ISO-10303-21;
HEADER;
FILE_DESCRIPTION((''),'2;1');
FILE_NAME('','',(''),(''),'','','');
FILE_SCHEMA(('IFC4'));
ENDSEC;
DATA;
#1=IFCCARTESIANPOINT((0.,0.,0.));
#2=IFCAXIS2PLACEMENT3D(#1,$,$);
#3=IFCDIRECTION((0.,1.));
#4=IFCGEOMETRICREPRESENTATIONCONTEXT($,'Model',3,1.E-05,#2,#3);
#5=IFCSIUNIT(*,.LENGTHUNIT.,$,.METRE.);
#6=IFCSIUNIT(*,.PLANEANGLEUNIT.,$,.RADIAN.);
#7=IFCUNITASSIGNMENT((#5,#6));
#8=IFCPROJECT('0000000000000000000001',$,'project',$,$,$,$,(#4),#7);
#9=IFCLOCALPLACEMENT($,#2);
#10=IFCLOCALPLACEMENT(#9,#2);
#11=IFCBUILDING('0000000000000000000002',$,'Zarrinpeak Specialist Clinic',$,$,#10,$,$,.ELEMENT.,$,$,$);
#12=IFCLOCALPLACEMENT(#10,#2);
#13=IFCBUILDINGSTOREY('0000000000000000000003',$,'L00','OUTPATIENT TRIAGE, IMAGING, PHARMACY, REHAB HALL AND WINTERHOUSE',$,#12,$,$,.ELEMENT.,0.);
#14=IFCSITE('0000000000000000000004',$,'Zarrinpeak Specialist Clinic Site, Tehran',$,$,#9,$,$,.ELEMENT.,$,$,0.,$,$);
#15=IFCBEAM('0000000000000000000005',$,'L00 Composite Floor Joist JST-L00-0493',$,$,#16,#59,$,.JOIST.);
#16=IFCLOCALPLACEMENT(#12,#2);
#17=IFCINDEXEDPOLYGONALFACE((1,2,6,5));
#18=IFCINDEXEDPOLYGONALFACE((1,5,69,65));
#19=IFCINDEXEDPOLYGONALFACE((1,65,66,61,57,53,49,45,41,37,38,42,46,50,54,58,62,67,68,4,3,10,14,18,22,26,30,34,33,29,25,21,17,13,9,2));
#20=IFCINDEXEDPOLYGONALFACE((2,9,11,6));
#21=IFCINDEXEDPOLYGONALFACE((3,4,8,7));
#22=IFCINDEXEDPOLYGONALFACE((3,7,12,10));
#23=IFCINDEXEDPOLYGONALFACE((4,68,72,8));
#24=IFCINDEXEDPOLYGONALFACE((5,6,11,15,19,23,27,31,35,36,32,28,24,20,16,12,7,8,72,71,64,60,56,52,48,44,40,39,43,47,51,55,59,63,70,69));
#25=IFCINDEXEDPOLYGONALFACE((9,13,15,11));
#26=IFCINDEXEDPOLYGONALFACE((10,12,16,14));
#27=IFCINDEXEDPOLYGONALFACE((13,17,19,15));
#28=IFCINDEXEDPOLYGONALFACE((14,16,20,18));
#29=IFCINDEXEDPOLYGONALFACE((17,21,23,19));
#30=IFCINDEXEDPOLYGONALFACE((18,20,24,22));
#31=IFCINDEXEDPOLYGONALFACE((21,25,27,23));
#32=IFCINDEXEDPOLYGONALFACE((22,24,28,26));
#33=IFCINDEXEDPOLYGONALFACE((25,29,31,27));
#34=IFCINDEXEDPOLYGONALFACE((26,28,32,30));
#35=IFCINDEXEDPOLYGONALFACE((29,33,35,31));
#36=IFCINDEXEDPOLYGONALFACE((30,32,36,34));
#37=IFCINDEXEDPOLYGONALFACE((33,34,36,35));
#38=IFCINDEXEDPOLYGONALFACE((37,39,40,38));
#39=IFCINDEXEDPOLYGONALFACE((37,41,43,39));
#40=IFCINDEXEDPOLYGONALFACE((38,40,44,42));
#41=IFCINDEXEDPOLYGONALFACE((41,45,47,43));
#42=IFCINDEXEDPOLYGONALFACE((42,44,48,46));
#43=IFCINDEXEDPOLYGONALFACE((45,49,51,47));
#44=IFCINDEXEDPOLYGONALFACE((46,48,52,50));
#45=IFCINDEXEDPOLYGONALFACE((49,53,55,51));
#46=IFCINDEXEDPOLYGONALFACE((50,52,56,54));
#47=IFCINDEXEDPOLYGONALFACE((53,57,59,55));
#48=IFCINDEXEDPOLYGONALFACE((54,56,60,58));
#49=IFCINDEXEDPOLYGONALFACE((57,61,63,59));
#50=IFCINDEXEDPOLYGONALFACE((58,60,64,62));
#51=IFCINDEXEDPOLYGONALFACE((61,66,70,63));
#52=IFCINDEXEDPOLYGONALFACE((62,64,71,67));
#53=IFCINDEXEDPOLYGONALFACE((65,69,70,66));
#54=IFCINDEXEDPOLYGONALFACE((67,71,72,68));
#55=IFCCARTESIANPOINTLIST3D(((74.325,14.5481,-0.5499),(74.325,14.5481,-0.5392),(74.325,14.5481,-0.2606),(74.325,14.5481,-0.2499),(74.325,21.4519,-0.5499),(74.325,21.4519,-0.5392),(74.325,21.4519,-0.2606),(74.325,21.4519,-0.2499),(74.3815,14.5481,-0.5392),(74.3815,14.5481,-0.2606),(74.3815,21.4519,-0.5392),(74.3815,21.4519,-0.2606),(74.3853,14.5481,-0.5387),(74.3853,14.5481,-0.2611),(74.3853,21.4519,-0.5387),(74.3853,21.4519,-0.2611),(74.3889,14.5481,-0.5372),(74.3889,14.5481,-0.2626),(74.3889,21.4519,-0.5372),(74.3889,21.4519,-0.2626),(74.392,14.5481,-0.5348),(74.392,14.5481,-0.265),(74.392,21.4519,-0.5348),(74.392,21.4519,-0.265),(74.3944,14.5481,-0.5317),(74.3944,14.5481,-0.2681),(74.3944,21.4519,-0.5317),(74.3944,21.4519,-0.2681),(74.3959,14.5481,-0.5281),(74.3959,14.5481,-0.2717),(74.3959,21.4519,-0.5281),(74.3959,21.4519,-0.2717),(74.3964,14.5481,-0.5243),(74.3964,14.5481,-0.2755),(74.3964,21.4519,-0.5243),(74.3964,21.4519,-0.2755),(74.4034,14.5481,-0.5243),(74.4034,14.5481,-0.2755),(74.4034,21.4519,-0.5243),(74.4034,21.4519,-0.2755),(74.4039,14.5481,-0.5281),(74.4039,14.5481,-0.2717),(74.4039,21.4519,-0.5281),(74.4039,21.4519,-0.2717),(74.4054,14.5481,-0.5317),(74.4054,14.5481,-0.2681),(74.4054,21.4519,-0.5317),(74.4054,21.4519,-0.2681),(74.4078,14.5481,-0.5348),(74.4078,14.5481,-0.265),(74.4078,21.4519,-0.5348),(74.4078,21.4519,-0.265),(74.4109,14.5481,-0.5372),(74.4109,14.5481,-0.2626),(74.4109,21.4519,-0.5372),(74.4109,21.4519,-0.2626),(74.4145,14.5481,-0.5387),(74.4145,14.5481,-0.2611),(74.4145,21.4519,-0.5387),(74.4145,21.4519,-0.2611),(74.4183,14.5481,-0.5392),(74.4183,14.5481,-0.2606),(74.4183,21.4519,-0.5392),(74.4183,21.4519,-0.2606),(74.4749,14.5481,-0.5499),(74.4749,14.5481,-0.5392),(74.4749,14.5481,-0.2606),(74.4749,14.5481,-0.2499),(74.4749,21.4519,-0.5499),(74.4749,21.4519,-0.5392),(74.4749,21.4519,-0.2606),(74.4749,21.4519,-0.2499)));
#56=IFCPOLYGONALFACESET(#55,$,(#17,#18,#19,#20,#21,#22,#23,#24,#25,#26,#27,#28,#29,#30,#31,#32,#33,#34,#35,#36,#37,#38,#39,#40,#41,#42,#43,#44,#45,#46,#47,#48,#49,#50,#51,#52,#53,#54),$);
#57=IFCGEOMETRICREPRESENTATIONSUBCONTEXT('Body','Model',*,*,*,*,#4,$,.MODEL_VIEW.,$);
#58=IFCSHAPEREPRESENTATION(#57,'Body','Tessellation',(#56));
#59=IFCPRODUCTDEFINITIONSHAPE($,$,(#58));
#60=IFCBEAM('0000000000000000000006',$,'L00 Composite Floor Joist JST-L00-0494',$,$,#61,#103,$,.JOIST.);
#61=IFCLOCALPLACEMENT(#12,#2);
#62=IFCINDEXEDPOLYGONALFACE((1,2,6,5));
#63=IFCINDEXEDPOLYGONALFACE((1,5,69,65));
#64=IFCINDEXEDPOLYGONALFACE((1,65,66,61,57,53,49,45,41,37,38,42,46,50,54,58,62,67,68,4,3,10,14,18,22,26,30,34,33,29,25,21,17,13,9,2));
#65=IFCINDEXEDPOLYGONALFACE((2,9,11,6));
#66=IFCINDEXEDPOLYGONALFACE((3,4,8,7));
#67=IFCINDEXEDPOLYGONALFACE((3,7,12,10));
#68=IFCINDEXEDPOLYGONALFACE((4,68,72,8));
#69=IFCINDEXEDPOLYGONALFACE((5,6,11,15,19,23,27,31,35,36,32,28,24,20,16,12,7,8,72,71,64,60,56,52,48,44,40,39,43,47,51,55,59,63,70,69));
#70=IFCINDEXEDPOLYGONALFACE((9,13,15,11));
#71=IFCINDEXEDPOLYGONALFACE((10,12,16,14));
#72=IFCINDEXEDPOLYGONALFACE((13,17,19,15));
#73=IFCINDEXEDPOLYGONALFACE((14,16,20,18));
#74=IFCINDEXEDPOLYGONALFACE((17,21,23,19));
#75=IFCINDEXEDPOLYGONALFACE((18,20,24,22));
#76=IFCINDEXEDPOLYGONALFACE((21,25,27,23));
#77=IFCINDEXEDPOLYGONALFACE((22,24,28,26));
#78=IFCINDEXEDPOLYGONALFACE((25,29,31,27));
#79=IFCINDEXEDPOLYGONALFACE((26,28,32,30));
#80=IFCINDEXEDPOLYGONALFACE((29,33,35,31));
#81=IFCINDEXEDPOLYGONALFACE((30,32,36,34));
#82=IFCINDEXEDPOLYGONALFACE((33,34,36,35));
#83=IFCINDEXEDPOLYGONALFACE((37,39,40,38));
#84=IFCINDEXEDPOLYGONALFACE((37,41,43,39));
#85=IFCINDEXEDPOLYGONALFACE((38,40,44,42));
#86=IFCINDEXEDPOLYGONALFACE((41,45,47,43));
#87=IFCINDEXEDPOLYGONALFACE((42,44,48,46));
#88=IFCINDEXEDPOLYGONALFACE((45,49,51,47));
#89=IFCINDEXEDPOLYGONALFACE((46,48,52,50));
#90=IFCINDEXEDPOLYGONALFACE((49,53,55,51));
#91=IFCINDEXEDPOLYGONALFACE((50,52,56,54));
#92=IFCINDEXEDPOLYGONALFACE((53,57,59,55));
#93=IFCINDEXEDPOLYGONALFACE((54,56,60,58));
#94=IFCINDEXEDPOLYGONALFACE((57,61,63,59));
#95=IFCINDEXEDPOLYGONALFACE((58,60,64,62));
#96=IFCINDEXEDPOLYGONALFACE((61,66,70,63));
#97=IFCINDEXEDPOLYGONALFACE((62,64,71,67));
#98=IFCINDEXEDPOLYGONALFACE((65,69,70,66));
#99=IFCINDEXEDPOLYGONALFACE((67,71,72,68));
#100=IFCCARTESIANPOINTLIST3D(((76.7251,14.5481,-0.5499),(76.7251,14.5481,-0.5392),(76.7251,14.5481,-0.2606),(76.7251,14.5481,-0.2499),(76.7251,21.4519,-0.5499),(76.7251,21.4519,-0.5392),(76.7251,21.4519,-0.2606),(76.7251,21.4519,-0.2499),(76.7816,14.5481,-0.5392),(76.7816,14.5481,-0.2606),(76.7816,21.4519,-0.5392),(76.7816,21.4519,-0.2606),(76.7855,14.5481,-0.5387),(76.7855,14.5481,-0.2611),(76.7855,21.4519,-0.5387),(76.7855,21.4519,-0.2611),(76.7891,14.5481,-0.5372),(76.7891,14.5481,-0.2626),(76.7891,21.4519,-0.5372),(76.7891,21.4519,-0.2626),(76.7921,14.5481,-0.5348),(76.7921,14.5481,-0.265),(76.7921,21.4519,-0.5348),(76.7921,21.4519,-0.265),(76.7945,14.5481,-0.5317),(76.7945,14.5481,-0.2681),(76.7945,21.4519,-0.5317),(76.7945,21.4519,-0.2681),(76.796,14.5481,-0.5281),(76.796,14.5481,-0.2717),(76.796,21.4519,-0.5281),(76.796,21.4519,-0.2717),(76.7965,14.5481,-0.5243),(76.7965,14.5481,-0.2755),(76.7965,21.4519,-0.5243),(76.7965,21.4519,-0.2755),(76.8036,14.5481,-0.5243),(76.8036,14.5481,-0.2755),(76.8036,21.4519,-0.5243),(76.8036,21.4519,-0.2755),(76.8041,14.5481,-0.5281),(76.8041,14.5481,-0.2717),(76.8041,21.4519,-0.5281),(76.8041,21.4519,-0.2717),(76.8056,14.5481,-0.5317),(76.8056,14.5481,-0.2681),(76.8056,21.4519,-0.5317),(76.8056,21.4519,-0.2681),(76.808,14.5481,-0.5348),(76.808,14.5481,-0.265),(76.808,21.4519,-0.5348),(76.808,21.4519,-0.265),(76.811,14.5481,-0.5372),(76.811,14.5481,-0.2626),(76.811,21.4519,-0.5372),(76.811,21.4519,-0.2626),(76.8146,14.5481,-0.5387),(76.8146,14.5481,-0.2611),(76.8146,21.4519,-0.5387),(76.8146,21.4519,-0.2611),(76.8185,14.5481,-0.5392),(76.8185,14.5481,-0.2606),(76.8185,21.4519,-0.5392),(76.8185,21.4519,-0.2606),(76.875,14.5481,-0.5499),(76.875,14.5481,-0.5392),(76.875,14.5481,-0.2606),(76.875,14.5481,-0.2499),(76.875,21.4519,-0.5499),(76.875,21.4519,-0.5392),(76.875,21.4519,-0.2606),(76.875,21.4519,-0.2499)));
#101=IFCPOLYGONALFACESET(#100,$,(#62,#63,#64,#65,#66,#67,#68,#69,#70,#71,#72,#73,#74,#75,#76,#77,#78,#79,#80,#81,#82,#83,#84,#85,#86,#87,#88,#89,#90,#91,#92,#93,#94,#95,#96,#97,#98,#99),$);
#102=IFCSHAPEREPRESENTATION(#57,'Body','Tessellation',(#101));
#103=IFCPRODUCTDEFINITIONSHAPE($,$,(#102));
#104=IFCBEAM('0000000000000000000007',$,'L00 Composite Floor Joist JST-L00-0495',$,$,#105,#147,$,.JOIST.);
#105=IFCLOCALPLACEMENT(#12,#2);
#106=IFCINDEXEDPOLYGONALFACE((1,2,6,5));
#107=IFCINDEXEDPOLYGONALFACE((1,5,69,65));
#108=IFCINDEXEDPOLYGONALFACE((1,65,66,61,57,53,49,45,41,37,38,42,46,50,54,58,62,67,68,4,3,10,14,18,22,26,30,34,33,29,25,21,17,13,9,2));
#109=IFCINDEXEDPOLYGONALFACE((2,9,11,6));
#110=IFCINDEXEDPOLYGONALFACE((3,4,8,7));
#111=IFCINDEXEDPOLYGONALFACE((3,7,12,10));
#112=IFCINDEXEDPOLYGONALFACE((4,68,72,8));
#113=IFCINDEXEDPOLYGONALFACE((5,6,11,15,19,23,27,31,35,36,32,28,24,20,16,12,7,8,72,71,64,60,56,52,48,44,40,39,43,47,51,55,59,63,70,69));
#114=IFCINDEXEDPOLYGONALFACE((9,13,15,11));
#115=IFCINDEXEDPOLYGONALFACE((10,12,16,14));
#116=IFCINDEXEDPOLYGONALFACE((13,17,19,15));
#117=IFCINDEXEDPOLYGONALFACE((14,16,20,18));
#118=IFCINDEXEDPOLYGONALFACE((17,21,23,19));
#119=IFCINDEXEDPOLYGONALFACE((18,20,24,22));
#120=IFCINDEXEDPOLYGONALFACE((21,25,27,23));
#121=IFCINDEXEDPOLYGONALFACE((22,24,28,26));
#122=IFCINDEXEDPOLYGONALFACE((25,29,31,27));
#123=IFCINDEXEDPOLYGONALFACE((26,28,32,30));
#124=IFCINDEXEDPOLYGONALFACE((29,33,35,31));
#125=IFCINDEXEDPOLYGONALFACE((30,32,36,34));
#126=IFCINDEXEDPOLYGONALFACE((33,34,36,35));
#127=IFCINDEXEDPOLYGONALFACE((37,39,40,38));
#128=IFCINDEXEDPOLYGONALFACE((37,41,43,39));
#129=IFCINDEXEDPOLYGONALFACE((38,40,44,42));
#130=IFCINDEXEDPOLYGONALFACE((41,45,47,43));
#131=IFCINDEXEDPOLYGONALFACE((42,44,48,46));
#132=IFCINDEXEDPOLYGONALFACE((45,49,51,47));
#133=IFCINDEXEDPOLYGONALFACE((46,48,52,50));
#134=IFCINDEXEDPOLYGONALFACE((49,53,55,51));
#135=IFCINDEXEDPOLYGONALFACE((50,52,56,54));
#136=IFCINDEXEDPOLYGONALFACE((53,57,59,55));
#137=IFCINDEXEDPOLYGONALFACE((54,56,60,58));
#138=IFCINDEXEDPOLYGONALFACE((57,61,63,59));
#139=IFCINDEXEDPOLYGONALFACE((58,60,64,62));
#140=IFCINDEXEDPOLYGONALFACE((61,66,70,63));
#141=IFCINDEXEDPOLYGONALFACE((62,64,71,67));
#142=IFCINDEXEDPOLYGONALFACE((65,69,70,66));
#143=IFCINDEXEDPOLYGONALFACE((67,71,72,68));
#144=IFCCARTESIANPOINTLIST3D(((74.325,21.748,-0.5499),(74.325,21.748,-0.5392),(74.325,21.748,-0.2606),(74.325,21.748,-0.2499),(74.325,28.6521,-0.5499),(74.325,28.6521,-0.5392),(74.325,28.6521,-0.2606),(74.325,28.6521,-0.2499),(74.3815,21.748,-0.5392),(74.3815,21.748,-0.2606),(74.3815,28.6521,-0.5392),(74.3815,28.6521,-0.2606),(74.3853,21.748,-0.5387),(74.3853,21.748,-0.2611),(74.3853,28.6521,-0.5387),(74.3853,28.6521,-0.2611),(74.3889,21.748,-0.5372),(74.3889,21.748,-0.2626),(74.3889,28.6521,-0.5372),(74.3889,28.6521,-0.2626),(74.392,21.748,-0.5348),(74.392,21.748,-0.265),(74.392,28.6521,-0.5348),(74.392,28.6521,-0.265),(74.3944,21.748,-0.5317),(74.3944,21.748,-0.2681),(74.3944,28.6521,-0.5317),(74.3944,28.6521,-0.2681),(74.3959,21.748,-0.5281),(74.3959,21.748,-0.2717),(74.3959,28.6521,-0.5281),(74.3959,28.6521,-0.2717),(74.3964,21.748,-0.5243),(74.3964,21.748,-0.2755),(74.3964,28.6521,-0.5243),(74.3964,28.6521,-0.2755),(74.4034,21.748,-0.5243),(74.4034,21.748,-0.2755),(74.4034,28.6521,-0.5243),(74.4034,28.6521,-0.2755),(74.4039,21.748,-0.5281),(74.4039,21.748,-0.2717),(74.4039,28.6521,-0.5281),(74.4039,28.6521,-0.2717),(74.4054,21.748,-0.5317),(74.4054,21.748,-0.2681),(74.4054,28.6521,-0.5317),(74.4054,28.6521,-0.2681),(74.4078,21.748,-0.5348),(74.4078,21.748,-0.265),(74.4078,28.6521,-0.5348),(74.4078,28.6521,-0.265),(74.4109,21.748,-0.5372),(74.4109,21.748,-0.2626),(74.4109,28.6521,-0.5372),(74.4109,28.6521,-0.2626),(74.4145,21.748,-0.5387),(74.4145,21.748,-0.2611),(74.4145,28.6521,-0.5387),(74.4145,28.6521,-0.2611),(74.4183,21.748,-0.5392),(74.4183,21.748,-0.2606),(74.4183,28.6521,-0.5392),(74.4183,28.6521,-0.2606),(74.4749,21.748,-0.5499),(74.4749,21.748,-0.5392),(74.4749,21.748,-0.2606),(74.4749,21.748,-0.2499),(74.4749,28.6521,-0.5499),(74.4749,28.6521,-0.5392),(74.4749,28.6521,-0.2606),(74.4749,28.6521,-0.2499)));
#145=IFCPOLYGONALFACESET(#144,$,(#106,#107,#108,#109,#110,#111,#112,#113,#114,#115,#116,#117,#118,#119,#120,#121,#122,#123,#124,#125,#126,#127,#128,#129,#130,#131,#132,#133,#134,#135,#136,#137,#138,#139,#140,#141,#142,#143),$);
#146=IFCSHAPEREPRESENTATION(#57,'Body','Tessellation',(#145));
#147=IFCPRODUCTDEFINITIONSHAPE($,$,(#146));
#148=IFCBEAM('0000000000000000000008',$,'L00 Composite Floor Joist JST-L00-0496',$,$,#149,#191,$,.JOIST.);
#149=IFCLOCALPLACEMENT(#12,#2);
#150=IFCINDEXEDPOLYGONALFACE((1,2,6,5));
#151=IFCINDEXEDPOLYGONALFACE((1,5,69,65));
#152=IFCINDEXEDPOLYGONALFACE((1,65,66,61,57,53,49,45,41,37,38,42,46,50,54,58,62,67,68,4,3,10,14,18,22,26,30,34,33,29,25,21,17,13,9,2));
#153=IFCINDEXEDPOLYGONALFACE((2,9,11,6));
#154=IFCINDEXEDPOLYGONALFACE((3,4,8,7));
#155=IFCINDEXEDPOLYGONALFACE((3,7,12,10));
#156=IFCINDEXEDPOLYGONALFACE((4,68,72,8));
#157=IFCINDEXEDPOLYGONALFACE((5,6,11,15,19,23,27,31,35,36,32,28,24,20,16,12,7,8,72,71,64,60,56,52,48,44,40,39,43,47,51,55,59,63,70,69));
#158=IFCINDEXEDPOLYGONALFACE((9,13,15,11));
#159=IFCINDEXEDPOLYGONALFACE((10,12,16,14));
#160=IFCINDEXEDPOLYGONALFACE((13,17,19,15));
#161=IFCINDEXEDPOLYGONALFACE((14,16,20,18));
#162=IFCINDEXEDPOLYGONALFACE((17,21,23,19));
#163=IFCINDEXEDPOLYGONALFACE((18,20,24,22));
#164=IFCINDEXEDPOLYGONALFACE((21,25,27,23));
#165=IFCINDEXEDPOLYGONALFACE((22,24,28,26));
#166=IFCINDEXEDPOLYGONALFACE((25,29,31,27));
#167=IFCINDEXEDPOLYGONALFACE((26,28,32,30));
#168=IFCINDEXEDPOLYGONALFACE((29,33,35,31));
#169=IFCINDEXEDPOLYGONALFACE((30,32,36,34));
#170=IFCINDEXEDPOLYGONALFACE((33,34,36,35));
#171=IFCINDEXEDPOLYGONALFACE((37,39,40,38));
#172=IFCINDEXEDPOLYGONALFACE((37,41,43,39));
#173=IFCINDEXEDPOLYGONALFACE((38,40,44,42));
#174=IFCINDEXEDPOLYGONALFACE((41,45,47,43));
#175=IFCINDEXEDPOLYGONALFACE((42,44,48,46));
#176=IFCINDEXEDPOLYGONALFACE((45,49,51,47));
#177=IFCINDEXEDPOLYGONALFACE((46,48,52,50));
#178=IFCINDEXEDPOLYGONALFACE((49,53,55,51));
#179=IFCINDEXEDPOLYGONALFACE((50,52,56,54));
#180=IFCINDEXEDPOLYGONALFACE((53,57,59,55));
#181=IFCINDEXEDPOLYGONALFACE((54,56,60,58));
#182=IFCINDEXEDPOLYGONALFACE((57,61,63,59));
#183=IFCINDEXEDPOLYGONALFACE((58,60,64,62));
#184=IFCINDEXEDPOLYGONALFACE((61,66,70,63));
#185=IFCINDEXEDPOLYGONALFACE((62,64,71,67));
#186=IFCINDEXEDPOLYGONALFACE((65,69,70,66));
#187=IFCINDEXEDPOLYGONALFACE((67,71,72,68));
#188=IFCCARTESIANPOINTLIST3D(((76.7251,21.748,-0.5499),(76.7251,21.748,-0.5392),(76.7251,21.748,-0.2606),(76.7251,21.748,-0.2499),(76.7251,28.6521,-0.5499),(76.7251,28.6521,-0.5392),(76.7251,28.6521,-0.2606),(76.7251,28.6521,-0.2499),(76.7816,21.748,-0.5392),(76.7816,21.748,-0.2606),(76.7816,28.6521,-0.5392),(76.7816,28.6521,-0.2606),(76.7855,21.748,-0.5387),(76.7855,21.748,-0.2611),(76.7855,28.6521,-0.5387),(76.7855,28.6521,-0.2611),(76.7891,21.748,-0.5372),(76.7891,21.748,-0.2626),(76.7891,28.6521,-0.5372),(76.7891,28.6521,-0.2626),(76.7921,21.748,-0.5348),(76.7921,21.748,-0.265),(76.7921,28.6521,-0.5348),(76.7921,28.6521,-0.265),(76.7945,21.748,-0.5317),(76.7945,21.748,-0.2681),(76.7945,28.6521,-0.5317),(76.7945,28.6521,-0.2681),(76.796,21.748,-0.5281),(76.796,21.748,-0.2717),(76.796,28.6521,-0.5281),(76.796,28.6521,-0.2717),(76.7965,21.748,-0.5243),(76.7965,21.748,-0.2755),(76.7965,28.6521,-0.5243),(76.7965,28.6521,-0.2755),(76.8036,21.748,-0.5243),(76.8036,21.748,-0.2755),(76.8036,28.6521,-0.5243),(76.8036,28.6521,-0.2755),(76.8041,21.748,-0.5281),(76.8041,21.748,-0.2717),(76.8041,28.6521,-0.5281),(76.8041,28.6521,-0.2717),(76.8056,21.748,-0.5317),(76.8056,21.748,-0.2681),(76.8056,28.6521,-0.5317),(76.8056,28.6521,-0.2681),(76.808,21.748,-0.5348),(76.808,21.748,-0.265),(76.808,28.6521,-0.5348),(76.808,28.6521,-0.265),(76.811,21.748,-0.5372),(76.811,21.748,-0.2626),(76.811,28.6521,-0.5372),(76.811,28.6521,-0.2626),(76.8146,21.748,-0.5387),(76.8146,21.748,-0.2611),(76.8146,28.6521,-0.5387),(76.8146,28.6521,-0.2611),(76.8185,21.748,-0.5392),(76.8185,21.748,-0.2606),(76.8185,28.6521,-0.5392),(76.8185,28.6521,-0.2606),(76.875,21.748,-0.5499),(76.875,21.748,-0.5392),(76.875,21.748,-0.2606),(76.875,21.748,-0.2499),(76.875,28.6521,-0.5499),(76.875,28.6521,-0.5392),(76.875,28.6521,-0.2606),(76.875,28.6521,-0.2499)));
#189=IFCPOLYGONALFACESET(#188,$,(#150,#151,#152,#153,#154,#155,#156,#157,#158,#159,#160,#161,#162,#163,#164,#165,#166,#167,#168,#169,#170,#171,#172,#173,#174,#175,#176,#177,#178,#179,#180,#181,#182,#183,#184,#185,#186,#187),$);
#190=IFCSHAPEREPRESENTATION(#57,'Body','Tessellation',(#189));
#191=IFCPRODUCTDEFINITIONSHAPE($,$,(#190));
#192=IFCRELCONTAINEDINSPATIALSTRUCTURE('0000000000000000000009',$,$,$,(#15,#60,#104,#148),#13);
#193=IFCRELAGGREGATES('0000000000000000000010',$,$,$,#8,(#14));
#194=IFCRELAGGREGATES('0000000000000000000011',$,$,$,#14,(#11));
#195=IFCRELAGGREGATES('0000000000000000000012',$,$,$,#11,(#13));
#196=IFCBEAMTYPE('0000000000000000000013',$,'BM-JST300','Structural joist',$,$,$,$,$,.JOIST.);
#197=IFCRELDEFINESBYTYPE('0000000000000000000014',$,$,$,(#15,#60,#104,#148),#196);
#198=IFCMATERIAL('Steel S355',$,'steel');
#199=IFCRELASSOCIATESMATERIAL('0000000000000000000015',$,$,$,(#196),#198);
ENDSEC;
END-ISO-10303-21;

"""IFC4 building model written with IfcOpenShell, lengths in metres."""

from ifc_helpers import new_model, si_unit, direction, frame, origin, origin_2d, place, context, subcontext, project, spatial, i_section, extrude, material, material_profile, profile_set, type_object, element, save


model = new_model("IFC4")

# Units and contexts
model_context = context("Model", 3, precision=1e-05, world=origin(), true_north=direction((0.0, 1.0)))
body_context = subcontext(model_context, "Body", "Model", "MODEL_VIEW")
ifc_project = project(units=[si_unit("LENGTHUNIT", "METRE"), si_unit("PLANEANGLEUNIT", "RADIAN")], contexts=[model_context])

# Site, building, storey
site_placement = place(None, origin())
site = spatial("IfcSite", under=ifc_project, at=site_placement, Name="Zarrinpeak Specialist Clinic Site, Tehran", CompositionType="ELEMENT", RefElevation=0.0)
building_placement = place(site_placement, origin())
building = spatial("IfcBuilding", under=site, at=building_placement, Name="Zarrinpeak Specialist Clinic", CompositionType="ELEMENT")
storey_placement = place(building_placement, origin())
storey = spatial("IfcBuildingStorey", under=building, at=storey_placement, Name="L00", Description="OUTPATIENT TRIAGE, IMAGING, PHARMACY, REHAB HALL AND WINTERHOUSE", CompositionType="ELEMENT", Elevation=0.0)

# Shared definitions
ifc_material_1 = material(Name="Steel S355", Category="steel")

# Beams
ifc_material_profile_1 = material_profile(ifc_material_1, i_section(OverallWidth=0.1499, OverallDepth=0.3, WebThickness=0.0071, FlangeThickness=0.0107, FilletRadius=0.0149, at=origin_2d()), Name="IPE 300")
ifc_profile_set_1 = profile_set([ifc_material_profile_1], Name="Steel S355")
beam_type_1 = type_object("IfcBeamType", Name="BM-JST300", Description="Structural joist", PredefinedType="JOIST", material=ifc_profile_set_1)
for number, where, z_axis, x_axis, name in (
    (1, (74.3999, 14.5481, -0.3999), (0.0, 1.0, 0.0), (-1.0, 0.0, 0.0), "L00 Composite Floor Joist JST-L00-0493"),
    (2, (76.8, 14.5481, -0.3999), (0.0, 1.0, 0.0), (-1.0, 0.0, 0.0), "L00 Composite Floor Joist JST-L00-0494"),
):
    element("IfcBeam", number, at=place(storey_placement, frame(where, z_axis=z_axis, x_axis=x_axis)), inside=storey, type_object=beam_type_1, Name=name, PredefinedType="JOIST", context=body_context, shape_type="SweptSolid", body=[
        extrude(i_section(OverallWidth=0.1499, OverallDepth=0.3, WebThickness=0.0071, FlangeThickness=0.0107, FilletRadius=0.0149, at=origin_2d()), origin(), (0.0, 0.0, 1.0), 6.9038),
    ])
for number, where, z_axis, x_axis, name in (
    (3, (74.3999, 21.748, -0.3999), (0.0, 1.0, 0.0), (-1.0, 0.0, 0.0), "L00 Composite Floor Joist JST-L00-0495"),
    (4, (76.8, 21.748, -0.3999), (0.0, 1.0, 0.0), (-1.0, 0.0, 0.0), "L00 Composite Floor Joist JST-L00-0496"),
):
    element("IfcBeam", number, at=place(storey_placement, frame(where, z_axis=z_axis, x_axis=x_axis)), inside=storey, type_object=beam_type_1, Name=name, PredefinedType="JOIST", context=body_context, shape_type="SweptSolid", body=[
        extrude(i_section(OverallWidth=0.1499, OverallDepth=0.3, WebThickness=0.0071, FlangeThickness=0.0107, FilletRadius=0.0149, at=origin_2d()), origin(), (0.0, 0.0, 1.0), 6.9041),
    ])

save(model, "model.ifc")
